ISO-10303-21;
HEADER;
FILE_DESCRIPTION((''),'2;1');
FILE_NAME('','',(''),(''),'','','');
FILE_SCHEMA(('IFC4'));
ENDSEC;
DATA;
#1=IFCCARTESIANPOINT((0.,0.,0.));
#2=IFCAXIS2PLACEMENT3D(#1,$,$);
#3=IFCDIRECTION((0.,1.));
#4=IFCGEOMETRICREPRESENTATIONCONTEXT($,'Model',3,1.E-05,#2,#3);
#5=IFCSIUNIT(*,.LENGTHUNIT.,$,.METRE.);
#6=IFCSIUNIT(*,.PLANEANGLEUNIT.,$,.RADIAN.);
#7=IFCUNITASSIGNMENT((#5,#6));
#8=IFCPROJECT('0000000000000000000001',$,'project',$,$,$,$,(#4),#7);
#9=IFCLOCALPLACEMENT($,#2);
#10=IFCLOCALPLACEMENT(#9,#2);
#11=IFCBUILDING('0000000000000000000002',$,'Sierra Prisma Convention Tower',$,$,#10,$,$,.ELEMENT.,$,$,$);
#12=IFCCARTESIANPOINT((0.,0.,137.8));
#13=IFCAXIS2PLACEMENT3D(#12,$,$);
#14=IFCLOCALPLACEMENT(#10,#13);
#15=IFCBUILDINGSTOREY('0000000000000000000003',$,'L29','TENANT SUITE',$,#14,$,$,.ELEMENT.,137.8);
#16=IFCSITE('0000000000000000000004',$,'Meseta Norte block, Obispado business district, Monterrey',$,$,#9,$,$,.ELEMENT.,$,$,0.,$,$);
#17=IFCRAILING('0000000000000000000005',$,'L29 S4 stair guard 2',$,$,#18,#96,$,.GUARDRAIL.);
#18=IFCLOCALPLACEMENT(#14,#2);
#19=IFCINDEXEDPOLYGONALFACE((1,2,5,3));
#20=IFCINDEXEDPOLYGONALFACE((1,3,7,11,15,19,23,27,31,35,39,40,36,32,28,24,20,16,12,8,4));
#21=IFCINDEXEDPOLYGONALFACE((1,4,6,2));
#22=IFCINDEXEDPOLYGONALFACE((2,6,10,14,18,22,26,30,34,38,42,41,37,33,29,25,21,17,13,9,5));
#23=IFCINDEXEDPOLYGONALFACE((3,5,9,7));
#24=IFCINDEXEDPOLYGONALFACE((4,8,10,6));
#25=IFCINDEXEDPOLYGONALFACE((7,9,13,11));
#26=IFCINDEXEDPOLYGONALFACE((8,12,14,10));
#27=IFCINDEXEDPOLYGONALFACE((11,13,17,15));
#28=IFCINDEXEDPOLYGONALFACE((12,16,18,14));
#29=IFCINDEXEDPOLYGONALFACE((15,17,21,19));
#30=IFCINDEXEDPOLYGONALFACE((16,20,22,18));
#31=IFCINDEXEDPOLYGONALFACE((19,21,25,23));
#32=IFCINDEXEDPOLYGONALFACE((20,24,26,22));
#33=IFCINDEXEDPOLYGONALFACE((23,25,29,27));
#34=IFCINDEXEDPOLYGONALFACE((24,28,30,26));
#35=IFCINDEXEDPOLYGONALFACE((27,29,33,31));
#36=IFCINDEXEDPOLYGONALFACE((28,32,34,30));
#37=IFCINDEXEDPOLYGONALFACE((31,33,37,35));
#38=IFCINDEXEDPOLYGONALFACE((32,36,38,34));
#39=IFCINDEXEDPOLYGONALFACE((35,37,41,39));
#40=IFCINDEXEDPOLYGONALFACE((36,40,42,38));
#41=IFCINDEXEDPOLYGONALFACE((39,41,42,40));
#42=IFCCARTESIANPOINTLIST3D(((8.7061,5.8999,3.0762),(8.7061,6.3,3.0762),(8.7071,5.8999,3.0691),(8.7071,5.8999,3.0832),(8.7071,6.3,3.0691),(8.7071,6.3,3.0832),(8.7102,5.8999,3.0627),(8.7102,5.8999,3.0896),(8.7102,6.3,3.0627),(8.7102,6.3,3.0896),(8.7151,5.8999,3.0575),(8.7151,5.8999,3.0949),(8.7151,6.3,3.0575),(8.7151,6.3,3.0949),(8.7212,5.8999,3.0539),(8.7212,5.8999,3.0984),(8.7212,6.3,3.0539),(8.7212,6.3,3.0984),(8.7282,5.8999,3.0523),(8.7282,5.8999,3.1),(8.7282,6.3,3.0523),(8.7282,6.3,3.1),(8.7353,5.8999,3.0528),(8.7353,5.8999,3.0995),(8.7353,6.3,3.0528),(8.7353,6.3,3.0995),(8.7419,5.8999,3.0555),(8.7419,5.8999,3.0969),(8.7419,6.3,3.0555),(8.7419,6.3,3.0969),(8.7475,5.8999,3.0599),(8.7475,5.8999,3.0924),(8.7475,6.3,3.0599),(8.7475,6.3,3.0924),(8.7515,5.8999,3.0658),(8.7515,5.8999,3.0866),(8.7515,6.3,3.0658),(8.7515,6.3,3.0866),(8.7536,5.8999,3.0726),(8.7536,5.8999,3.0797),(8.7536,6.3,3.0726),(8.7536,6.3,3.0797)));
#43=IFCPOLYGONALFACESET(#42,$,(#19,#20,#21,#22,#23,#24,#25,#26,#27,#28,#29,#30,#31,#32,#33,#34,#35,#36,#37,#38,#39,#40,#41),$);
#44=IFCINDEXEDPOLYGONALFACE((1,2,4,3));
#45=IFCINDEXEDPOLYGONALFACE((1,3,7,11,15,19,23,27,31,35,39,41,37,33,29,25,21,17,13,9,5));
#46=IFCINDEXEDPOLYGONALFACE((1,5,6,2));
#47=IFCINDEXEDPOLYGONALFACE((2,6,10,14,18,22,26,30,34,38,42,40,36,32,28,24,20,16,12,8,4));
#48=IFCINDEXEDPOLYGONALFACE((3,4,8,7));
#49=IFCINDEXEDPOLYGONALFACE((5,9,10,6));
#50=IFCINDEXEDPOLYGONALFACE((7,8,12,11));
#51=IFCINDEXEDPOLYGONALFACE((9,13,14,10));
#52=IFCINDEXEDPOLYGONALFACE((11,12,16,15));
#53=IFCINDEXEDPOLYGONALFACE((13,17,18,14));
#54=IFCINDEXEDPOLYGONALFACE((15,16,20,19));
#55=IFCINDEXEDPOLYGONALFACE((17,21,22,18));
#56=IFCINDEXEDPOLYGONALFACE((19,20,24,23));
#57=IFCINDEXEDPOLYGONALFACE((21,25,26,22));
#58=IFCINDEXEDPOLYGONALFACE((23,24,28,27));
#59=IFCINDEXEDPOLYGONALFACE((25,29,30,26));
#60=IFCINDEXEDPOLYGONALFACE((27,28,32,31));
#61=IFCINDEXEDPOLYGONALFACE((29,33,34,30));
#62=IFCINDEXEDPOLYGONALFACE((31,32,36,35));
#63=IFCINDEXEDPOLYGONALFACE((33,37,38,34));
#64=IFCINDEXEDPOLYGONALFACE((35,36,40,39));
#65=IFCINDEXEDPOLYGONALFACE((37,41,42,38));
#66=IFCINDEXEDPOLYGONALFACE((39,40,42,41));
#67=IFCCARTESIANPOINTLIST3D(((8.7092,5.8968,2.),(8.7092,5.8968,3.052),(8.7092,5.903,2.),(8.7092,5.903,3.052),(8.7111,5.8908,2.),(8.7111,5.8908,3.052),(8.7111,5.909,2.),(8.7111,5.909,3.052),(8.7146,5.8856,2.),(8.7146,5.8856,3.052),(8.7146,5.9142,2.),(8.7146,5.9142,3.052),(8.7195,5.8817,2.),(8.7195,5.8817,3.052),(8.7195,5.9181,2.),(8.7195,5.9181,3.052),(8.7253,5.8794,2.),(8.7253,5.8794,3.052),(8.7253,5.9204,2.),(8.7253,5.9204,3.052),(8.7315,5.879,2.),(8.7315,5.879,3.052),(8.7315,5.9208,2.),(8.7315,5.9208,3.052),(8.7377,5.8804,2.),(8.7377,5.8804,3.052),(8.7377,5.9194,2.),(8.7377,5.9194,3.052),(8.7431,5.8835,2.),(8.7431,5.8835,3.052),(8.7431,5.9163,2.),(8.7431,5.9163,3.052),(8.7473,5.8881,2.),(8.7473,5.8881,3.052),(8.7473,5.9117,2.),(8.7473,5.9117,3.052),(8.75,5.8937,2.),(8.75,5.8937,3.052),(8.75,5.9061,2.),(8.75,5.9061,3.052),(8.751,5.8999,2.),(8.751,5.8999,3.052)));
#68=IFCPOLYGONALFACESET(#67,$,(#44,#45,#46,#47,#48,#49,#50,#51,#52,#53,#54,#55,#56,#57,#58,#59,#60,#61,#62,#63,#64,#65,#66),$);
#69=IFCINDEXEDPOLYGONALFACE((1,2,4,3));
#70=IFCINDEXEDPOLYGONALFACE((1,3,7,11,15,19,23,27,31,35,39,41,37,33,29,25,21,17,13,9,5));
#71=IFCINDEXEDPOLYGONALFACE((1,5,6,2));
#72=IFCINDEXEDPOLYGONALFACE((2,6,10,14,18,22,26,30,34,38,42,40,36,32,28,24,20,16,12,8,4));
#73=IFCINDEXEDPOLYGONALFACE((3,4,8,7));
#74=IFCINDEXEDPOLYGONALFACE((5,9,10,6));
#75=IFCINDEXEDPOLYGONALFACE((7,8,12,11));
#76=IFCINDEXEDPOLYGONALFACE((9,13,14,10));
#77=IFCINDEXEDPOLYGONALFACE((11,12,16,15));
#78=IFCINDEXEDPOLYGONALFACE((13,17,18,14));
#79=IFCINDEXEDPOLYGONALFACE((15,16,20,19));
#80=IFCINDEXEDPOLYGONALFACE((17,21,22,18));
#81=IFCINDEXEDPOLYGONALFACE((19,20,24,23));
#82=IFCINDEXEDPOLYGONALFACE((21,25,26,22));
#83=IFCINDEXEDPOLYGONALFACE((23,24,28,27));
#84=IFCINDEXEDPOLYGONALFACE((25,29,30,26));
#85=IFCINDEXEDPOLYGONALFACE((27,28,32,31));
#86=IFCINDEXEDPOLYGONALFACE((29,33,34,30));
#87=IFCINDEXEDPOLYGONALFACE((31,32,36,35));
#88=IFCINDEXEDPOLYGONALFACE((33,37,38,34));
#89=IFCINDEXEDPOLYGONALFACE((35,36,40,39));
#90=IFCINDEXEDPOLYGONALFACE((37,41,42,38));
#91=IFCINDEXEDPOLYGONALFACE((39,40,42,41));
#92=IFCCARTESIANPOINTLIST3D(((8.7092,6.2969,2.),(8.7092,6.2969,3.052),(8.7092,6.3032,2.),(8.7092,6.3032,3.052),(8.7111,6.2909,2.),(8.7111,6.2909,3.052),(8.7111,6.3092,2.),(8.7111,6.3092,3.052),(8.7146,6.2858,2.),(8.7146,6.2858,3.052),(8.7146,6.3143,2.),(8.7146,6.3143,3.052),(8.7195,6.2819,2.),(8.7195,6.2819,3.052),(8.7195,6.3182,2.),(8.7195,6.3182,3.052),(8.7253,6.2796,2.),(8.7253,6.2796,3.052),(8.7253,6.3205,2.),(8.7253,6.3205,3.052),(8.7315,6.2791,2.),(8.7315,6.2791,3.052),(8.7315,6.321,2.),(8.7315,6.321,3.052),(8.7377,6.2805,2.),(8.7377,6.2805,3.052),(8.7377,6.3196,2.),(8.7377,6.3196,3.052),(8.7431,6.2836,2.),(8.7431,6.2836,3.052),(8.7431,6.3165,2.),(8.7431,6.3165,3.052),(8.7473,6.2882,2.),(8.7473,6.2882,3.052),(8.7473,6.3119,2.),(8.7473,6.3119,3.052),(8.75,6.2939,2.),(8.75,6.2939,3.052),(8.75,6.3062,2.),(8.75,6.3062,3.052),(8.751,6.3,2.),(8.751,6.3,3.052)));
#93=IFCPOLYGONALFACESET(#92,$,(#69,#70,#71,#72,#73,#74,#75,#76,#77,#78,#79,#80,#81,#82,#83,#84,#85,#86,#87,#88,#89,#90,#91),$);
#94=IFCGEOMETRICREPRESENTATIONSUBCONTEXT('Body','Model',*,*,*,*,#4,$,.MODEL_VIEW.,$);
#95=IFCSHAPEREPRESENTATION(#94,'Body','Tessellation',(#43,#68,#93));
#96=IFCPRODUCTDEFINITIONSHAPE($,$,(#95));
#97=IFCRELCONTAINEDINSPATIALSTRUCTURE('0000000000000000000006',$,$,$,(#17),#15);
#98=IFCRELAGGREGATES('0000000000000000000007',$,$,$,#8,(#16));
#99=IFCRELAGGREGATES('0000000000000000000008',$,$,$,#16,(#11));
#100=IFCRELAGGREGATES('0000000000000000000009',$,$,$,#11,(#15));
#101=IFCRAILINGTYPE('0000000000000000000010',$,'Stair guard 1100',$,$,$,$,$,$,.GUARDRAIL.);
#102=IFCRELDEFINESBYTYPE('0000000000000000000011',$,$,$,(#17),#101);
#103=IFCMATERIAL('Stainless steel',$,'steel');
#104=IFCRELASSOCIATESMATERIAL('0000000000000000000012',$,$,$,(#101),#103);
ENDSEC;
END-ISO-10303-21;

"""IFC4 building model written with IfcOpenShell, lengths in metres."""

from ifc_helpers import new_model, si_unit, direction, frame, origin, origin_2d, place, context, subcontext, project, spatial, circle, extrude, material, type_object, element, save


model = new_model("IFC4")

# Units and contexts
model_context = context("Model", 3, precision=1e-05, world=origin(), true_north=direction((0.0, 1.0)))
body_context = subcontext(model_context, "Body", "Model", "MODEL_VIEW")
ifc_project = project(units=[si_unit("LENGTHUNIT", "METRE"), si_unit("PLANEANGLEUNIT", "RADIAN")], contexts=[model_context])

# Site, building, storey
site_placement = place(None, origin())
site = spatial("IfcSite", under=ifc_project, at=site_placement, Name="Meseta Norte block, Obispado business district, Monterrey", CompositionType="ELEMENT", RefElevation=0.0)
building_placement = place(site_placement, origin())
building = spatial("IfcBuilding", under=site, at=building_placement, Name="Sierra Prisma Convention Tower", CompositionType="ELEMENT")
storey_placement = place(building_placement, frame((0.0, 0.0, 137.8)))
storey = spatial("IfcBuildingStorey", under=building, at=storey_placement, Name="L29", Description="TENANT SUITE", CompositionType="ELEMENT", Elevation=137.8)

# Railing
ifc_material_1 = material(Name="Stainless steel", Category="steel")
railing_type_1 = type_object("IfcRailingType", Name="Stair guard 1100", PredefinedType="GUARDRAIL", material=ifc_material_1)
railing_1_placement = place(storey_placement, frame((8.73, 5.8999, 2.0)))
element("IfcRailing", 1, at=railing_1_placement, inside=storey, type_object=railing_type_1, Name="L29 S4 stair guard 2", PredefinedType="GUARDRAIL", context=body_context, shape_type="SweptSolid", body=[
    extrude(circle(Radius=0.0239, at=origin_2d()), frame((0.0, 0.0, 1.0762), z_axis=(0.0, 1.0, 0.0), x_axis=(-1.0, 0.0, 0.0)), (0.0, 0.0, 1.0), 0.4001),
    extrude(circle(Radius=0.021, at=origin_2d()), origin(), (0.0, 0.0, 1.0), 1.052),
    extrude(circle(Radius=0.021, at=origin_2d()), frame((0.0, 0.4001, 0.0)), (0.0, 0.0, 1.0), 1.052),
])

save(model, "model.ifc")
